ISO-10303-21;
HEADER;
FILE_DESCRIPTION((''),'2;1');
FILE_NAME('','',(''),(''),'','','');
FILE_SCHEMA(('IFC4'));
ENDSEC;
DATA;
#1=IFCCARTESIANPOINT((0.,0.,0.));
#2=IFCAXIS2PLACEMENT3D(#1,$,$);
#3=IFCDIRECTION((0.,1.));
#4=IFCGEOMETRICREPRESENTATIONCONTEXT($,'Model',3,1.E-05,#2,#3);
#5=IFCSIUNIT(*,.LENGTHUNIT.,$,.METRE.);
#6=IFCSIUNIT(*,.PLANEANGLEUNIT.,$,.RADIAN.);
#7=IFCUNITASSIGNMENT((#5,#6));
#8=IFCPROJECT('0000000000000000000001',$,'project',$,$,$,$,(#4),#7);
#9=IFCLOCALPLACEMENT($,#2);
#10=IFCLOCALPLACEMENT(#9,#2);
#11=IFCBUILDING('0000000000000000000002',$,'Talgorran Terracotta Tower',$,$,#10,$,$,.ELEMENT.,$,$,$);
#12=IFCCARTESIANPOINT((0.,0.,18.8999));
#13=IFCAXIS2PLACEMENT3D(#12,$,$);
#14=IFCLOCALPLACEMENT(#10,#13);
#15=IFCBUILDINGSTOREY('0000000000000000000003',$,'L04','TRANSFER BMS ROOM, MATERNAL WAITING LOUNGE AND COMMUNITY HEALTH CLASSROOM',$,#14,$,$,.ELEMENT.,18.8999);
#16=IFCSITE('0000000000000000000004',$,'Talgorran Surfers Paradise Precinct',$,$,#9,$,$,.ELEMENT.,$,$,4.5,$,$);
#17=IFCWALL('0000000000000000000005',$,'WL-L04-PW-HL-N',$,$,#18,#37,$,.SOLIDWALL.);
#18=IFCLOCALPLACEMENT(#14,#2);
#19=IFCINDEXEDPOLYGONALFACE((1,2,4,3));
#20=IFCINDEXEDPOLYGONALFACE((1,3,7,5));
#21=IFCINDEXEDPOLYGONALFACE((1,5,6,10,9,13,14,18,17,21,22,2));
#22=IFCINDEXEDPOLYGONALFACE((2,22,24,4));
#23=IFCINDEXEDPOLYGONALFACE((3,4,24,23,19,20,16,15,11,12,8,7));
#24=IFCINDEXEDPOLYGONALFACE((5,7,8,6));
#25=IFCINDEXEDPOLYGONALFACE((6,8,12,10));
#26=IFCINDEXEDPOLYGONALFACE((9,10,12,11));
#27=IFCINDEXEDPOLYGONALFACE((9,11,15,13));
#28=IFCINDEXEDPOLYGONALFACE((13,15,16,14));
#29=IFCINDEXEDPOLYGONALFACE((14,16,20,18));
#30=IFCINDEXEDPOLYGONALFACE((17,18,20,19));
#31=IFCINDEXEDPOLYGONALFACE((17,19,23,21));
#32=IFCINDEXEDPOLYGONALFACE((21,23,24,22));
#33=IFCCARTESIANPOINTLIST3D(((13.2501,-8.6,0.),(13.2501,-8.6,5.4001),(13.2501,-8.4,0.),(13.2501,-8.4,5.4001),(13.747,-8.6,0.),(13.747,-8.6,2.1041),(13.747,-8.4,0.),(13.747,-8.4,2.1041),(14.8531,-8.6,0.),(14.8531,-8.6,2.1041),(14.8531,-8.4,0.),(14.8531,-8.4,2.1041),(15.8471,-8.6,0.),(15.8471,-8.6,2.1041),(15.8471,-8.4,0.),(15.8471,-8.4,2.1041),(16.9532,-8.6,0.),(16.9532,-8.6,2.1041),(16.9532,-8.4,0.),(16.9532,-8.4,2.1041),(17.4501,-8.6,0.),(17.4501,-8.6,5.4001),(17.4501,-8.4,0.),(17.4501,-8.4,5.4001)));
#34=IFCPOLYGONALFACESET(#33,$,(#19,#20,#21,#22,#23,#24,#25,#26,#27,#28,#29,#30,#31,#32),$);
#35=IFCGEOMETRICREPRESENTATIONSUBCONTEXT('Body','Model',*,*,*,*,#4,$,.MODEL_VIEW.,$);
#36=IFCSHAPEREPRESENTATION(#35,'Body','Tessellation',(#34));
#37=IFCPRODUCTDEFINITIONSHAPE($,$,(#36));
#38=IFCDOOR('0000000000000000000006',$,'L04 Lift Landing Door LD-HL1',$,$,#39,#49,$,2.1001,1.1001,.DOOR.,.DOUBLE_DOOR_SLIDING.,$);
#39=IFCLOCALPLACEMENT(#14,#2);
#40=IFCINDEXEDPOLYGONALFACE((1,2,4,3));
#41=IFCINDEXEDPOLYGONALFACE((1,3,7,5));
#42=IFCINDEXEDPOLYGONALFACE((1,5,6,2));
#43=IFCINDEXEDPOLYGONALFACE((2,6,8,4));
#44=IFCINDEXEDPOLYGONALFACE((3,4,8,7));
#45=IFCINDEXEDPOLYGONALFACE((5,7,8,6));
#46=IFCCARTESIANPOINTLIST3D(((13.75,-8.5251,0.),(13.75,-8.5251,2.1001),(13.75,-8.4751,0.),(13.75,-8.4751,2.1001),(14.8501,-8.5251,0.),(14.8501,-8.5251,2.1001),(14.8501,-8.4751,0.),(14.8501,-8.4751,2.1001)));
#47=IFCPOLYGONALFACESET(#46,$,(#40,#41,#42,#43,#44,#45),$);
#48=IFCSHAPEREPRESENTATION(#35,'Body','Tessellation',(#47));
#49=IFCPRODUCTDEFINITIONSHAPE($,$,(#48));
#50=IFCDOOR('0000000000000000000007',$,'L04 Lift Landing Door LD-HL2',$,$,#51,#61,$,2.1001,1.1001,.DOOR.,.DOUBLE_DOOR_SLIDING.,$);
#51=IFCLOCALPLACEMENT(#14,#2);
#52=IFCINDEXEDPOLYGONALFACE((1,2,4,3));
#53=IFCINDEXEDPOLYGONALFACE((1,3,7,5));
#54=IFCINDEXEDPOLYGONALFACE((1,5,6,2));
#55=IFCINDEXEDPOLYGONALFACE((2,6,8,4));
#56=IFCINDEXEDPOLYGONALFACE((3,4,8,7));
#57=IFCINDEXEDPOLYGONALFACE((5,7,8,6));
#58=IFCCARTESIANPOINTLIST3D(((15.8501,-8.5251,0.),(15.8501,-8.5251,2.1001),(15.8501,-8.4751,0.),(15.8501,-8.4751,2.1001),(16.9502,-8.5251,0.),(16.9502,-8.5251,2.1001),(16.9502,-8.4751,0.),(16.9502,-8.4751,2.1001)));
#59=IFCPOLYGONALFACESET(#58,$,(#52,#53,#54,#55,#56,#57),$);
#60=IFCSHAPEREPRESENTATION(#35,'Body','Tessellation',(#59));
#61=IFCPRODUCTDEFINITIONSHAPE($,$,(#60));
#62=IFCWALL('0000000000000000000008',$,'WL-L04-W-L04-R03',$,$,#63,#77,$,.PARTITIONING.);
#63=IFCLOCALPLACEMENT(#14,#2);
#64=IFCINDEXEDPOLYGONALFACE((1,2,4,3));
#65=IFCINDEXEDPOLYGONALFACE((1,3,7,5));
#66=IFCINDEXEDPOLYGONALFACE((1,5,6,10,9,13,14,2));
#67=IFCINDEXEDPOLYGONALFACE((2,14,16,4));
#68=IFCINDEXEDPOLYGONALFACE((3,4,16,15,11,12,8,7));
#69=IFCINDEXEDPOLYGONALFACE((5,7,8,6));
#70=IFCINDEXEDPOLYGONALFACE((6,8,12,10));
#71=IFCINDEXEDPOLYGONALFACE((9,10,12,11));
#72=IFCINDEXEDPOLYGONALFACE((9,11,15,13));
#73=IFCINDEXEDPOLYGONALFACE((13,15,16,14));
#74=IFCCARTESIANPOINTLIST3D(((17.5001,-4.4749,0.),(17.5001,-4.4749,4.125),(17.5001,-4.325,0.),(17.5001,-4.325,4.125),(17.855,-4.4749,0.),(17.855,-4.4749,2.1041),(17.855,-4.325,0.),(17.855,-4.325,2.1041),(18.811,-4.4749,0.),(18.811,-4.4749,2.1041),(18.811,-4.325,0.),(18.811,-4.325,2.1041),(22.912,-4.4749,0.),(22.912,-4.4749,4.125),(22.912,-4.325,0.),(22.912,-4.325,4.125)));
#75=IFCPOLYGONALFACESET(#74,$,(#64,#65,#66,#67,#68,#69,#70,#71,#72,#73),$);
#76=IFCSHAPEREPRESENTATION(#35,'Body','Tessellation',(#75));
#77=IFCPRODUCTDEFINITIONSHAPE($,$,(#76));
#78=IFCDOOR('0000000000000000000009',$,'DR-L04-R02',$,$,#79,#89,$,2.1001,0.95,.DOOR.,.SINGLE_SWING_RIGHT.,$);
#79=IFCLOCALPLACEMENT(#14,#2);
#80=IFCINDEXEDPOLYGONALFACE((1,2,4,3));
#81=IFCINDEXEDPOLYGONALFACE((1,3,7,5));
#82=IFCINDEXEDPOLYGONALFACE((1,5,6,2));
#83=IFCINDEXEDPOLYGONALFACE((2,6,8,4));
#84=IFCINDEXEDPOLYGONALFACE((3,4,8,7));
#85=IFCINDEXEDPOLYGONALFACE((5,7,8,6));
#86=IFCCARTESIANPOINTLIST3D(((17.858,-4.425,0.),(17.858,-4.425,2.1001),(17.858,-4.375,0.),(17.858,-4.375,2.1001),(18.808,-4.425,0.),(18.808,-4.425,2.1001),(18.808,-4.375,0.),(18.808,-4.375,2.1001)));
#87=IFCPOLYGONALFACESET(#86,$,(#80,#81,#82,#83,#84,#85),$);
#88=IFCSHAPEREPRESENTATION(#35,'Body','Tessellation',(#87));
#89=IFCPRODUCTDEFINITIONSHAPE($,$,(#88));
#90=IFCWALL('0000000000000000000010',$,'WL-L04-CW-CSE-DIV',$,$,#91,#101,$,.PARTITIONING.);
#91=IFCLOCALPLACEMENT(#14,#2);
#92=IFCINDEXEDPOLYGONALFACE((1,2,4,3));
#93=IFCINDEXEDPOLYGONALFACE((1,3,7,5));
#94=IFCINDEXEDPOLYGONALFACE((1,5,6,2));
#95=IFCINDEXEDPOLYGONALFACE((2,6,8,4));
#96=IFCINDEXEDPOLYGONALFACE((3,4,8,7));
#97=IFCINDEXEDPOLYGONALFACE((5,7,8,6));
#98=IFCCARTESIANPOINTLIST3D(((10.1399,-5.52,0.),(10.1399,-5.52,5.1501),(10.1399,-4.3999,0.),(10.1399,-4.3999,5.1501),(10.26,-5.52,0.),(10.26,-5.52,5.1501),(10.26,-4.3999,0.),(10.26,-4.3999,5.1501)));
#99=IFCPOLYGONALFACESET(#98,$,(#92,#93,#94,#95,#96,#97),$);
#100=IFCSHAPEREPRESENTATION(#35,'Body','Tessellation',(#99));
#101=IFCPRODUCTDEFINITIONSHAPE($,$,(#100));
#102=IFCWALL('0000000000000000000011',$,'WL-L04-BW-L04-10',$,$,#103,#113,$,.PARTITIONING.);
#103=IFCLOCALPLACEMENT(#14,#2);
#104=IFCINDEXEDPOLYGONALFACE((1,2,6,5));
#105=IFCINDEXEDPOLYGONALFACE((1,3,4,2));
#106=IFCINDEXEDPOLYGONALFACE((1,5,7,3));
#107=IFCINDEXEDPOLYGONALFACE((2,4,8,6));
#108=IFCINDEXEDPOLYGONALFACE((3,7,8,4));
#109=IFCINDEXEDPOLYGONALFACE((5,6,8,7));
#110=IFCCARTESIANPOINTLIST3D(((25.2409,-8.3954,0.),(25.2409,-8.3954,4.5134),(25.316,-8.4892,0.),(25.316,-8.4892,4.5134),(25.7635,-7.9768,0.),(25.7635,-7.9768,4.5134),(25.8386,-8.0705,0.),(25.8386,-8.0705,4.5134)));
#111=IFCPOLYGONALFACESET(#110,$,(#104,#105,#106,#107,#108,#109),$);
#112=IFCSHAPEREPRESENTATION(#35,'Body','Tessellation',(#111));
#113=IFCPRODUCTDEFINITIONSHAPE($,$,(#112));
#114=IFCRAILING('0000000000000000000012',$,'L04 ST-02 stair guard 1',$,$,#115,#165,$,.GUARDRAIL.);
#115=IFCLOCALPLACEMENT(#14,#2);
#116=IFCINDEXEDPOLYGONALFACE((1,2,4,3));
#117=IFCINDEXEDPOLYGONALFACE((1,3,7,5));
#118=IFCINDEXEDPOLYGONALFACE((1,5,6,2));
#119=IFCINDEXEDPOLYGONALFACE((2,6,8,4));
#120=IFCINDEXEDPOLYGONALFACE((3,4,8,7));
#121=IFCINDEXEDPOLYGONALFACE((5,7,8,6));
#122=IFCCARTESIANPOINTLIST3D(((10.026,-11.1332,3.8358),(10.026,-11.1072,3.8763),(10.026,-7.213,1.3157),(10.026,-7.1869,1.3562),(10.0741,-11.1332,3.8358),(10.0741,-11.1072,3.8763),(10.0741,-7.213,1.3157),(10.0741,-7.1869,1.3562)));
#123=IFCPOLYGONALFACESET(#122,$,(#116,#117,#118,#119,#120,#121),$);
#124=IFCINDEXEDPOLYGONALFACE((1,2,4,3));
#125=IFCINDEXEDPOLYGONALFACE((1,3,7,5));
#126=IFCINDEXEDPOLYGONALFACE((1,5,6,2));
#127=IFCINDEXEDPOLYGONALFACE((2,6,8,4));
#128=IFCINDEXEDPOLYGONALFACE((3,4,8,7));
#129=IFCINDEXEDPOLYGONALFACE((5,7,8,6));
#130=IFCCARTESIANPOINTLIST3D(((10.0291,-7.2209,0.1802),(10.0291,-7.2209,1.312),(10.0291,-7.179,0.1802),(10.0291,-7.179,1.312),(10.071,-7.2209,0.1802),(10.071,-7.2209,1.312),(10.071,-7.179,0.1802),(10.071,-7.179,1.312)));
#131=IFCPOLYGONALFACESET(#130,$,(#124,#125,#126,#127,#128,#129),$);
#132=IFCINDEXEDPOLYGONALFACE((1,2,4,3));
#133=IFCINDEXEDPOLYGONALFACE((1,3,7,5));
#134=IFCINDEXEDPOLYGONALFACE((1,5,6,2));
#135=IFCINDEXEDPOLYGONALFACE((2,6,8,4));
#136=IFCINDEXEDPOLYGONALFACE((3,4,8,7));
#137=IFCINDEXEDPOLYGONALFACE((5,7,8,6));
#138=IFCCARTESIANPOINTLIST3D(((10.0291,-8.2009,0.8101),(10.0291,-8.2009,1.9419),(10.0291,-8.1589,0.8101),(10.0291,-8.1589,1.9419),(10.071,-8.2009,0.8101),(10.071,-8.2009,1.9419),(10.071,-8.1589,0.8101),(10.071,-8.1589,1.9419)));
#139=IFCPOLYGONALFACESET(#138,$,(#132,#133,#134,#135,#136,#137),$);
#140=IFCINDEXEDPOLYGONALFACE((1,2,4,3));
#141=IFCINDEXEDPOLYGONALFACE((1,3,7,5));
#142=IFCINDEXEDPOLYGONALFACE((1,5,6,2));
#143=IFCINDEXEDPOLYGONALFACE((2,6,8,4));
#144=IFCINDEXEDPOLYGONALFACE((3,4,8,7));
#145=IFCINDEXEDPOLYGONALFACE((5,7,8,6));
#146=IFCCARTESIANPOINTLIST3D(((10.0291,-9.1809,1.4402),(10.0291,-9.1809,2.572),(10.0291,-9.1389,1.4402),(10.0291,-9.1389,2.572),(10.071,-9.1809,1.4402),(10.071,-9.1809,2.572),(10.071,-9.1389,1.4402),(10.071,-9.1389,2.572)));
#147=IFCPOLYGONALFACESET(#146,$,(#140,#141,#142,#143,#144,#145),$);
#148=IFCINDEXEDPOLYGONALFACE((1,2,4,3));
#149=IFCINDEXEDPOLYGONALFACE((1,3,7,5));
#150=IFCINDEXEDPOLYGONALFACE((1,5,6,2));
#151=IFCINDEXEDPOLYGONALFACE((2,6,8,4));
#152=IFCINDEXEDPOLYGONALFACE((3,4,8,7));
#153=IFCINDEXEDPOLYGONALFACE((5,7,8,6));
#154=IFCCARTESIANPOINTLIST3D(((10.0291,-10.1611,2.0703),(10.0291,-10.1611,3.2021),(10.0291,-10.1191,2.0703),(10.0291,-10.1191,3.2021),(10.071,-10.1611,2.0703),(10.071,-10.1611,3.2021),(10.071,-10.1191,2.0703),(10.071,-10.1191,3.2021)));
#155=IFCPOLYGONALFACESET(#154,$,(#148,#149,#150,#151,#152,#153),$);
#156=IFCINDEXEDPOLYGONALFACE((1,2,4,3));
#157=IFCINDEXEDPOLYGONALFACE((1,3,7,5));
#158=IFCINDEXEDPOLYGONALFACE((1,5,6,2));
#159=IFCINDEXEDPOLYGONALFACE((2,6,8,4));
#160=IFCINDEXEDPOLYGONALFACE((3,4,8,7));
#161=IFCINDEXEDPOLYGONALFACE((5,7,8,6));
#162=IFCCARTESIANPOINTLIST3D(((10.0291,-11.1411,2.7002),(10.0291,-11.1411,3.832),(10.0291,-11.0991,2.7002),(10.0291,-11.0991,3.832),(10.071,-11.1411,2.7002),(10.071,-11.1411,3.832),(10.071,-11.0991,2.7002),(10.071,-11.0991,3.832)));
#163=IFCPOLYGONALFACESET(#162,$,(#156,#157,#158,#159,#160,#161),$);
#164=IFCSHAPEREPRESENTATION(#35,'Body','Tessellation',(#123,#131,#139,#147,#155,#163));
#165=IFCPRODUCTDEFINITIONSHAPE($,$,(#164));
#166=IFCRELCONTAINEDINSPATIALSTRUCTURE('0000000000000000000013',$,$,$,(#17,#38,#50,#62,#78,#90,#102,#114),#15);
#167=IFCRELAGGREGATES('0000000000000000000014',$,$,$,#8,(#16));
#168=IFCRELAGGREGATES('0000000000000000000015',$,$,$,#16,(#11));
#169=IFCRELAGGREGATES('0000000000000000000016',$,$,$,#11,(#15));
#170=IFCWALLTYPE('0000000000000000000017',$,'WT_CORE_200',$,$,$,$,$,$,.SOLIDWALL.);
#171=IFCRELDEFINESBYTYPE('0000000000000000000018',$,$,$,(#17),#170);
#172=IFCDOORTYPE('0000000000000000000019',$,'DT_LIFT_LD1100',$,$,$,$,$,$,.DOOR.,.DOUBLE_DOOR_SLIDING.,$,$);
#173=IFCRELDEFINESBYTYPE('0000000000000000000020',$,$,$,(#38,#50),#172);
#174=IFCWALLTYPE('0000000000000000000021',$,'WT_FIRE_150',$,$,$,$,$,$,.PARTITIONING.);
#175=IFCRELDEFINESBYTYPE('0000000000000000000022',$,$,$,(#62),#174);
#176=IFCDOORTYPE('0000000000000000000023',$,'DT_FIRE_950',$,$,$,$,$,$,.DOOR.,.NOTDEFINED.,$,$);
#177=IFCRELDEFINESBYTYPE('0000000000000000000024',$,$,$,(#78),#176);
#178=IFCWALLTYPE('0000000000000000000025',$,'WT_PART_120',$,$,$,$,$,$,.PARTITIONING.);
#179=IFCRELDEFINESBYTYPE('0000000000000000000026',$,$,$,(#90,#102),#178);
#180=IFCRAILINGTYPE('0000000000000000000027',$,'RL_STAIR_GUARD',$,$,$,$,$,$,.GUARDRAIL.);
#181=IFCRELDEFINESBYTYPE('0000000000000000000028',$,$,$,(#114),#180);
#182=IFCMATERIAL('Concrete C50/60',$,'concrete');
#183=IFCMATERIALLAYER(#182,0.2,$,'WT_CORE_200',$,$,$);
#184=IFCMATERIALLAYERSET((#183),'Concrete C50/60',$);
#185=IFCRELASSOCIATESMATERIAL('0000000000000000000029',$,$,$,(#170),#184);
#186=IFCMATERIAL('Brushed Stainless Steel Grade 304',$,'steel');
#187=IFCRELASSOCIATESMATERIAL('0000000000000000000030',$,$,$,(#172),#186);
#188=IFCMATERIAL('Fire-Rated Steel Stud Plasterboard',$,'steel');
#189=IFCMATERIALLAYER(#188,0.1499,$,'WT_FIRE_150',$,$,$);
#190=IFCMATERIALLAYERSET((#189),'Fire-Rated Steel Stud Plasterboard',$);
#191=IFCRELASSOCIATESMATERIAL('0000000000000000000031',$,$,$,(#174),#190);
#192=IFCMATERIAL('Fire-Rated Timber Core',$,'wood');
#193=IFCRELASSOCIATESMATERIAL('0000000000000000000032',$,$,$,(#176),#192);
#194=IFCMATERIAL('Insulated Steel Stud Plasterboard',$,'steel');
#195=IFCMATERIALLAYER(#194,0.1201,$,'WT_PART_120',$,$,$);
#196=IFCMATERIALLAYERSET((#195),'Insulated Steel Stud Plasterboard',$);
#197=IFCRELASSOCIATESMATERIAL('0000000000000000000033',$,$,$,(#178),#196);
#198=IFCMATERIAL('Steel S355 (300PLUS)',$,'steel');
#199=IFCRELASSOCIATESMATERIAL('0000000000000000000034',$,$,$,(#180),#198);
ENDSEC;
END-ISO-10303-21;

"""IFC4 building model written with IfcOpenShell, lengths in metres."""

from ifc_helpers import new_model, si_unit, direction, frame, frame_2d, origin, origin_2d, place, context, subcontext, project, spatial, rectangle, extrude, material, layer, layer_set, type_object, element, fill, save


model = new_model("IFC4")

# Units and contexts
model_context = context("Model", 3, precision=1e-05, world=origin(), true_north=direction((0.0, 1.0)))
body_context = subcontext(model_context, "Body", "Model", "MODEL_VIEW")
ifc_project = project(units=[si_unit("LENGTHUNIT", "METRE"), si_unit("PLANEANGLEUNIT", "RADIAN")], contexts=[model_context])

# Site, building, storey
site_placement = place(None, origin())
site = spatial("IfcSite", under=ifc_project, at=site_placement, Name="Talgorran Surfers Paradise Precinct", CompositionType="ELEMENT", RefElevation=4.5)
building_placement = place(site_placement, origin())
building = spatial("IfcBuilding", under=site, at=building_placement, Name="Talgorran Terracotta Tower", CompositionType="ELEMENT")
storey_placement = place(building_placement, frame((0.0, 0.0, 18.8999)))
storey = spatial("IfcBuildingStorey", under=building, at=storey_placement, Name="L04", Description="TRANSFER BMS ROOM, MATERNAL WAITING LOUNGE AND COMMUNITY HEALTH CLASSROOM", CompositionType="ELEMENT", Elevation=18.8999)

# Shared definitions
ifc_material_1 = material(Name="Steel S355 (300PLUS)", Category="steel")

# Wall, openings, doors
ifc_material_2 = material(Name="Concrete C50/60", Category="concrete")
ifc_layer_1 = layer(ifc_material_2, 0.2, Name="WT_CORE_200")
ifc_layer_set_1 = layer_set([ifc_layer_1], Name="Concrete C50/60")
wall_type_1 = type_object("IfcWallType", Name="WT_CORE_200", PredefinedType="SOLIDWALL", material=ifc_layer_set_1)
wall_1_placement = place(storey_placement, frame((13.25, -8.5, 0.0), z_axis=(0.0, 0.0, 1.0), x_axis=(1.0, 0.0, 0.0)))
wall_1 = element("IfcWall", 1, at=wall_1_placement, inside=storey, type_object=wall_type_1, Name="WL-L04-PW-HL-N", PredefinedType="SOLIDWALL", context=body_context, shape_type="SweptSolid", body=[
    extrude(rectangle(XDim=4.2, YDim=0.2, at=frame_2d((2.1001, 0.0))), origin(), (0.0, 0.0, 1.0), 5.4001),
])
opening_1_placement = place(wall_1_placement, frame((0.5, 0.0, 0.0)))
opening_1 = element("IfcOpeningElement", 2, at=opening_1_placement, cuts=wall_1, PredefinedType="OPENING", context=body_context, shape_type="SweptSolid", body=[
    extrude(rectangle(XDim=1.1061, YDim=2.1041, at=frame_2d((0.55, 1.052))), frame((0.0, 0.1099, 0.0), z_axis=(0.0, -1.0, 0.0), x_axis=(1.0, 0.0, 0.0)), (0.0, 0.0, 1.0), 0.22),
])
opening_2_placement = place(wall_1_placement, frame((2.6001, 0.0, 0.0)))
opening_2 = element("IfcOpeningElement", 3, at=opening_2_placement, cuts=wall_1, PredefinedType="OPENING", context=body_context, shape_type="SweptSolid", body=[
    extrude(rectangle(XDim=1.1061, YDim=2.1041, at=frame_2d((0.55, 1.052))), frame((0.0, 0.1099, 0.0), z_axis=(0.0, -1.0, 0.0), x_axis=(1.0, 0.0, 0.0)), (0.0, 0.0, 1.0), 0.22),
])
ifc_material_3 = material(Name="Brushed Stainless Steel Grade 304", Category="steel")
door_type_1 = type_object("IfcDoorType", Name="DT_LIFT_LD1100", OperationType="DOUBLE_DOOR_SLIDING", PredefinedType="DOOR", material=ifc_material_3)
door_1_placement = place(opening_1_placement, origin())
door_1 = element("IfcDoor", 4, at=door_1_placement, inside=storey, type_object=door_type_1, Name="L04 Lift Landing Door LD-HL1", OperationType="DOUBLE_DOOR_SLIDING", OverallHeight=2.1001, OverallWidth=1.1001, PredefinedType="DOOR", context=body_context, shape_type="SweptSolid", body=[
    extrude(rectangle(XDim=1.1001, YDim=2.1001, at=frame_2d((0.55, 1.05))), frame((0.0, 0.0249, 0.0), z_axis=(0.0, -1.0, 0.0), x_axis=(1.0, 0.0, 0.0)), (0.0, 0.0, 1.0), 0.05),
])
fill(opening_1, door_1)
door_2_placement = place(opening_2_placement, origin())
door_2 = element("IfcDoor", 5, at=door_2_placement, inside=storey, type_object=door_type_1, Name="L04 Lift Landing Door LD-HL2", OperationType="DOUBLE_DOOR_SLIDING", OverallHeight=2.1001, OverallWidth=1.1001, PredefinedType="DOOR", context=body_context, shape_type="SweptSolid", body=[
    extrude(rectangle(XDim=1.1001, YDim=2.1001, at=frame_2d((0.55, 1.05))), frame((0.0, 0.0249, 0.0), z_axis=(0.0, -1.0, 0.0), x_axis=(1.0, 0.0, 0.0)), (0.0, 0.0, 1.0), 0.05),
])
fill(opening_2, door_2)

# Wall, opening, door
ifc_material_4 = material(Name="Fire-Rated Steel Stud Plasterboard", Category="steel")
ifc_layer_2 = layer(ifc_material_4, 0.1499, Name="WT_FIRE_150")
ifc_layer_set_2 = layer_set([ifc_layer_2], Name="Fire-Rated Steel Stud Plasterboard")
wall_type_2 = type_object("IfcWallType", Name="WT_FIRE_150", PredefinedType="PARTITIONING", material=ifc_layer_set_2)
wall_2_placement = place(storey_placement, frame((17.5, -4.3999, 0.0), z_axis=(0.0, 0.0, 1.0), x_axis=(1.0, 0.0, 0.0)))
wall_2 = element("IfcWall", 6, at=wall_2_placement, inside=storey, type_object=wall_type_2, Name="WL-L04-W-L04-R03", PredefinedType="PARTITIONING", context=body_context, shape_type="SweptSolid", body=[
    extrude(rectangle(XDim=5.4119, YDim=0.1499, at=frame_2d((2.7061, 0.0))), origin(), (0.0, 0.0, 1.0), 4.125),
])
opening_3_placement = place(wall_2_placement, frame((0.3579, 0.0, 0.0)))
opening_3 = element("IfcOpeningElement", 7, at=opening_3_placement, cuts=wall_2, PredefinedType="OPENING", context=body_context, shape_type="SweptSolid", body=[
    extrude(rectangle(XDim=0.956, YDim=2.1041, at=frame_2d((0.4751, 1.052))), frame((0.0, 0.085, 0.0), z_axis=(0.0, -1.0, 0.0), x_axis=(1.0, 0.0, 0.0)), (0.0, 0.0, 1.0), 0.1699),
])
ifc_material_5 = material(Name="Fire-Rated Timber Core", Category="wood")
door_type_2 = type_object("IfcDoorType", Name="DT_FIRE_950", OperationType="NOTDEFINED", PredefinedType="DOOR", material=ifc_material_5)
door_3_placement = place(opening_3_placement, origin())
door_3 = element("IfcDoor", 8, at=door_3_placement, inside=storey, type_object=door_type_2, Name="DR-L04-R02", OperationType="SINGLE_SWING_RIGHT", OverallHeight=2.1001, OverallWidth=0.95, PredefinedType="DOOR", context=body_context, shape_type="SweptSolid", body=[
    extrude(rectangle(XDim=0.95, YDim=2.1001, at=frame_2d((0.4751, 1.05))), frame((0.0, 0.0249, 0.0), z_axis=(0.0, -1.0, 0.0), x_axis=(1.0, 0.0, 0.0)), (0.0, 0.0, 1.0), 0.05),
])
fill(opening_3, door_3)

# Walls
ifc_material_6 = material(Name="Insulated Steel Stud Plasterboard", Category="steel")
ifc_layer_3 = layer(ifc_material_6, 0.1201, Name="WT_PART_120")
ifc_layer_set_3 = layer_set([ifc_layer_3], Name="Insulated Steel Stud Plasterboard")
wall_type_3 = type_object("IfcWallType", Name="WT_PART_120", PredefinedType="PARTITIONING", material=ifc_layer_set_3)
wall_3_placement = place(storey_placement, frame((10.2, -5.52, 0.0), z_axis=(0.0, 0.0, 1.0), x_axis=(0.0, 1.0, 0.0)))
element("IfcWall", 9, at=wall_3_placement, inside=storey, type_object=wall_type_3, Name="WL-L04-CW-CSE-DIV", PredefinedType="PARTITIONING", context=body_context, shape_type="SweptSolid", body=[
    extrude(rectangle(XDim=1.1201, YDim=0.1201, at=frame_2d((0.5601, 0.0))), origin(), (0.0, 0.0, 1.0), 5.1501),
])
wall_4_placement = place(storey_placement, frame((25.2783, -8.4424, 0.0), z_axis=(0.0, 0.0, 1.0), x_axis=(0.780477, 0.625184, 0.0)))
element("IfcWall", 10, at=wall_4_placement, inside=storey, type_object=wall_type_3, Name="WL-L04-BW-L04-10", PredefinedType="PARTITIONING", context=body_context, shape_type="SweptSolid", body=[
    extrude(rectangle(XDim=0.6697, YDim=0.1201, at=frame_2d((0.335, 0.0))), origin(), (0.0, 0.0, 1.0), 4.5134),
])

# Railing
railing_type = type_object("IfcRailingType", Name="RL_STAIR_GUARD", PredefinedType="GUARDRAIL", material=ifc_material_1)
railing_1_placement = place(storey_placement, frame((10.05, -7.2, 0.1802)))
element("IfcRailing", 11, at=railing_1_placement, inside=storey, type_object=railing_type, Name="L04 ST-02 stair guard 1", PredefinedType="GUARDRAIL", context=body_context, shape_type="SweptSolid", body=[
    extrude(rectangle(XDim=0.0481, YDim=0.0481, at=origin_2d()), frame((0.0, 0.0, 1.1558), z_axis=(0.0, -0.841187, 0.540744), x_axis=(1.0, 0.0, 0.0)), (0.0, 0.0, 1.0), 4.6604),
    extrude(rectangle(XDim=0.042, YDim=0.042, at=origin_2d()), origin(), (0.0, 0.0, 1.0), 1.1318),
    extrude(rectangle(XDim=0.042, YDim=0.042, at=origin_2d()), frame((0.0, -0.98, 0.6299)), (0.0, 0.0, 1.0), 1.1318),
    extrude(rectangle(XDim=0.042, YDim=0.042, at=origin_2d()), frame((0.0, -1.96, 1.26)), (0.0, 0.0, 1.0), 1.1318),
    extrude(rectangle(XDim=0.042, YDim=0.042, at=origin_2d()), frame((0.0, -2.9402, 1.8901)), (0.0, 0.0, 1.0), 1.1318),
    extrude(rectangle(XDim=0.042, YDim=0.042, at=origin_2d()), frame((0.0, -3.9202, 2.52)), (0.0, 0.0, 1.0), 1.1318),
])

save(model, "model.ifc")
